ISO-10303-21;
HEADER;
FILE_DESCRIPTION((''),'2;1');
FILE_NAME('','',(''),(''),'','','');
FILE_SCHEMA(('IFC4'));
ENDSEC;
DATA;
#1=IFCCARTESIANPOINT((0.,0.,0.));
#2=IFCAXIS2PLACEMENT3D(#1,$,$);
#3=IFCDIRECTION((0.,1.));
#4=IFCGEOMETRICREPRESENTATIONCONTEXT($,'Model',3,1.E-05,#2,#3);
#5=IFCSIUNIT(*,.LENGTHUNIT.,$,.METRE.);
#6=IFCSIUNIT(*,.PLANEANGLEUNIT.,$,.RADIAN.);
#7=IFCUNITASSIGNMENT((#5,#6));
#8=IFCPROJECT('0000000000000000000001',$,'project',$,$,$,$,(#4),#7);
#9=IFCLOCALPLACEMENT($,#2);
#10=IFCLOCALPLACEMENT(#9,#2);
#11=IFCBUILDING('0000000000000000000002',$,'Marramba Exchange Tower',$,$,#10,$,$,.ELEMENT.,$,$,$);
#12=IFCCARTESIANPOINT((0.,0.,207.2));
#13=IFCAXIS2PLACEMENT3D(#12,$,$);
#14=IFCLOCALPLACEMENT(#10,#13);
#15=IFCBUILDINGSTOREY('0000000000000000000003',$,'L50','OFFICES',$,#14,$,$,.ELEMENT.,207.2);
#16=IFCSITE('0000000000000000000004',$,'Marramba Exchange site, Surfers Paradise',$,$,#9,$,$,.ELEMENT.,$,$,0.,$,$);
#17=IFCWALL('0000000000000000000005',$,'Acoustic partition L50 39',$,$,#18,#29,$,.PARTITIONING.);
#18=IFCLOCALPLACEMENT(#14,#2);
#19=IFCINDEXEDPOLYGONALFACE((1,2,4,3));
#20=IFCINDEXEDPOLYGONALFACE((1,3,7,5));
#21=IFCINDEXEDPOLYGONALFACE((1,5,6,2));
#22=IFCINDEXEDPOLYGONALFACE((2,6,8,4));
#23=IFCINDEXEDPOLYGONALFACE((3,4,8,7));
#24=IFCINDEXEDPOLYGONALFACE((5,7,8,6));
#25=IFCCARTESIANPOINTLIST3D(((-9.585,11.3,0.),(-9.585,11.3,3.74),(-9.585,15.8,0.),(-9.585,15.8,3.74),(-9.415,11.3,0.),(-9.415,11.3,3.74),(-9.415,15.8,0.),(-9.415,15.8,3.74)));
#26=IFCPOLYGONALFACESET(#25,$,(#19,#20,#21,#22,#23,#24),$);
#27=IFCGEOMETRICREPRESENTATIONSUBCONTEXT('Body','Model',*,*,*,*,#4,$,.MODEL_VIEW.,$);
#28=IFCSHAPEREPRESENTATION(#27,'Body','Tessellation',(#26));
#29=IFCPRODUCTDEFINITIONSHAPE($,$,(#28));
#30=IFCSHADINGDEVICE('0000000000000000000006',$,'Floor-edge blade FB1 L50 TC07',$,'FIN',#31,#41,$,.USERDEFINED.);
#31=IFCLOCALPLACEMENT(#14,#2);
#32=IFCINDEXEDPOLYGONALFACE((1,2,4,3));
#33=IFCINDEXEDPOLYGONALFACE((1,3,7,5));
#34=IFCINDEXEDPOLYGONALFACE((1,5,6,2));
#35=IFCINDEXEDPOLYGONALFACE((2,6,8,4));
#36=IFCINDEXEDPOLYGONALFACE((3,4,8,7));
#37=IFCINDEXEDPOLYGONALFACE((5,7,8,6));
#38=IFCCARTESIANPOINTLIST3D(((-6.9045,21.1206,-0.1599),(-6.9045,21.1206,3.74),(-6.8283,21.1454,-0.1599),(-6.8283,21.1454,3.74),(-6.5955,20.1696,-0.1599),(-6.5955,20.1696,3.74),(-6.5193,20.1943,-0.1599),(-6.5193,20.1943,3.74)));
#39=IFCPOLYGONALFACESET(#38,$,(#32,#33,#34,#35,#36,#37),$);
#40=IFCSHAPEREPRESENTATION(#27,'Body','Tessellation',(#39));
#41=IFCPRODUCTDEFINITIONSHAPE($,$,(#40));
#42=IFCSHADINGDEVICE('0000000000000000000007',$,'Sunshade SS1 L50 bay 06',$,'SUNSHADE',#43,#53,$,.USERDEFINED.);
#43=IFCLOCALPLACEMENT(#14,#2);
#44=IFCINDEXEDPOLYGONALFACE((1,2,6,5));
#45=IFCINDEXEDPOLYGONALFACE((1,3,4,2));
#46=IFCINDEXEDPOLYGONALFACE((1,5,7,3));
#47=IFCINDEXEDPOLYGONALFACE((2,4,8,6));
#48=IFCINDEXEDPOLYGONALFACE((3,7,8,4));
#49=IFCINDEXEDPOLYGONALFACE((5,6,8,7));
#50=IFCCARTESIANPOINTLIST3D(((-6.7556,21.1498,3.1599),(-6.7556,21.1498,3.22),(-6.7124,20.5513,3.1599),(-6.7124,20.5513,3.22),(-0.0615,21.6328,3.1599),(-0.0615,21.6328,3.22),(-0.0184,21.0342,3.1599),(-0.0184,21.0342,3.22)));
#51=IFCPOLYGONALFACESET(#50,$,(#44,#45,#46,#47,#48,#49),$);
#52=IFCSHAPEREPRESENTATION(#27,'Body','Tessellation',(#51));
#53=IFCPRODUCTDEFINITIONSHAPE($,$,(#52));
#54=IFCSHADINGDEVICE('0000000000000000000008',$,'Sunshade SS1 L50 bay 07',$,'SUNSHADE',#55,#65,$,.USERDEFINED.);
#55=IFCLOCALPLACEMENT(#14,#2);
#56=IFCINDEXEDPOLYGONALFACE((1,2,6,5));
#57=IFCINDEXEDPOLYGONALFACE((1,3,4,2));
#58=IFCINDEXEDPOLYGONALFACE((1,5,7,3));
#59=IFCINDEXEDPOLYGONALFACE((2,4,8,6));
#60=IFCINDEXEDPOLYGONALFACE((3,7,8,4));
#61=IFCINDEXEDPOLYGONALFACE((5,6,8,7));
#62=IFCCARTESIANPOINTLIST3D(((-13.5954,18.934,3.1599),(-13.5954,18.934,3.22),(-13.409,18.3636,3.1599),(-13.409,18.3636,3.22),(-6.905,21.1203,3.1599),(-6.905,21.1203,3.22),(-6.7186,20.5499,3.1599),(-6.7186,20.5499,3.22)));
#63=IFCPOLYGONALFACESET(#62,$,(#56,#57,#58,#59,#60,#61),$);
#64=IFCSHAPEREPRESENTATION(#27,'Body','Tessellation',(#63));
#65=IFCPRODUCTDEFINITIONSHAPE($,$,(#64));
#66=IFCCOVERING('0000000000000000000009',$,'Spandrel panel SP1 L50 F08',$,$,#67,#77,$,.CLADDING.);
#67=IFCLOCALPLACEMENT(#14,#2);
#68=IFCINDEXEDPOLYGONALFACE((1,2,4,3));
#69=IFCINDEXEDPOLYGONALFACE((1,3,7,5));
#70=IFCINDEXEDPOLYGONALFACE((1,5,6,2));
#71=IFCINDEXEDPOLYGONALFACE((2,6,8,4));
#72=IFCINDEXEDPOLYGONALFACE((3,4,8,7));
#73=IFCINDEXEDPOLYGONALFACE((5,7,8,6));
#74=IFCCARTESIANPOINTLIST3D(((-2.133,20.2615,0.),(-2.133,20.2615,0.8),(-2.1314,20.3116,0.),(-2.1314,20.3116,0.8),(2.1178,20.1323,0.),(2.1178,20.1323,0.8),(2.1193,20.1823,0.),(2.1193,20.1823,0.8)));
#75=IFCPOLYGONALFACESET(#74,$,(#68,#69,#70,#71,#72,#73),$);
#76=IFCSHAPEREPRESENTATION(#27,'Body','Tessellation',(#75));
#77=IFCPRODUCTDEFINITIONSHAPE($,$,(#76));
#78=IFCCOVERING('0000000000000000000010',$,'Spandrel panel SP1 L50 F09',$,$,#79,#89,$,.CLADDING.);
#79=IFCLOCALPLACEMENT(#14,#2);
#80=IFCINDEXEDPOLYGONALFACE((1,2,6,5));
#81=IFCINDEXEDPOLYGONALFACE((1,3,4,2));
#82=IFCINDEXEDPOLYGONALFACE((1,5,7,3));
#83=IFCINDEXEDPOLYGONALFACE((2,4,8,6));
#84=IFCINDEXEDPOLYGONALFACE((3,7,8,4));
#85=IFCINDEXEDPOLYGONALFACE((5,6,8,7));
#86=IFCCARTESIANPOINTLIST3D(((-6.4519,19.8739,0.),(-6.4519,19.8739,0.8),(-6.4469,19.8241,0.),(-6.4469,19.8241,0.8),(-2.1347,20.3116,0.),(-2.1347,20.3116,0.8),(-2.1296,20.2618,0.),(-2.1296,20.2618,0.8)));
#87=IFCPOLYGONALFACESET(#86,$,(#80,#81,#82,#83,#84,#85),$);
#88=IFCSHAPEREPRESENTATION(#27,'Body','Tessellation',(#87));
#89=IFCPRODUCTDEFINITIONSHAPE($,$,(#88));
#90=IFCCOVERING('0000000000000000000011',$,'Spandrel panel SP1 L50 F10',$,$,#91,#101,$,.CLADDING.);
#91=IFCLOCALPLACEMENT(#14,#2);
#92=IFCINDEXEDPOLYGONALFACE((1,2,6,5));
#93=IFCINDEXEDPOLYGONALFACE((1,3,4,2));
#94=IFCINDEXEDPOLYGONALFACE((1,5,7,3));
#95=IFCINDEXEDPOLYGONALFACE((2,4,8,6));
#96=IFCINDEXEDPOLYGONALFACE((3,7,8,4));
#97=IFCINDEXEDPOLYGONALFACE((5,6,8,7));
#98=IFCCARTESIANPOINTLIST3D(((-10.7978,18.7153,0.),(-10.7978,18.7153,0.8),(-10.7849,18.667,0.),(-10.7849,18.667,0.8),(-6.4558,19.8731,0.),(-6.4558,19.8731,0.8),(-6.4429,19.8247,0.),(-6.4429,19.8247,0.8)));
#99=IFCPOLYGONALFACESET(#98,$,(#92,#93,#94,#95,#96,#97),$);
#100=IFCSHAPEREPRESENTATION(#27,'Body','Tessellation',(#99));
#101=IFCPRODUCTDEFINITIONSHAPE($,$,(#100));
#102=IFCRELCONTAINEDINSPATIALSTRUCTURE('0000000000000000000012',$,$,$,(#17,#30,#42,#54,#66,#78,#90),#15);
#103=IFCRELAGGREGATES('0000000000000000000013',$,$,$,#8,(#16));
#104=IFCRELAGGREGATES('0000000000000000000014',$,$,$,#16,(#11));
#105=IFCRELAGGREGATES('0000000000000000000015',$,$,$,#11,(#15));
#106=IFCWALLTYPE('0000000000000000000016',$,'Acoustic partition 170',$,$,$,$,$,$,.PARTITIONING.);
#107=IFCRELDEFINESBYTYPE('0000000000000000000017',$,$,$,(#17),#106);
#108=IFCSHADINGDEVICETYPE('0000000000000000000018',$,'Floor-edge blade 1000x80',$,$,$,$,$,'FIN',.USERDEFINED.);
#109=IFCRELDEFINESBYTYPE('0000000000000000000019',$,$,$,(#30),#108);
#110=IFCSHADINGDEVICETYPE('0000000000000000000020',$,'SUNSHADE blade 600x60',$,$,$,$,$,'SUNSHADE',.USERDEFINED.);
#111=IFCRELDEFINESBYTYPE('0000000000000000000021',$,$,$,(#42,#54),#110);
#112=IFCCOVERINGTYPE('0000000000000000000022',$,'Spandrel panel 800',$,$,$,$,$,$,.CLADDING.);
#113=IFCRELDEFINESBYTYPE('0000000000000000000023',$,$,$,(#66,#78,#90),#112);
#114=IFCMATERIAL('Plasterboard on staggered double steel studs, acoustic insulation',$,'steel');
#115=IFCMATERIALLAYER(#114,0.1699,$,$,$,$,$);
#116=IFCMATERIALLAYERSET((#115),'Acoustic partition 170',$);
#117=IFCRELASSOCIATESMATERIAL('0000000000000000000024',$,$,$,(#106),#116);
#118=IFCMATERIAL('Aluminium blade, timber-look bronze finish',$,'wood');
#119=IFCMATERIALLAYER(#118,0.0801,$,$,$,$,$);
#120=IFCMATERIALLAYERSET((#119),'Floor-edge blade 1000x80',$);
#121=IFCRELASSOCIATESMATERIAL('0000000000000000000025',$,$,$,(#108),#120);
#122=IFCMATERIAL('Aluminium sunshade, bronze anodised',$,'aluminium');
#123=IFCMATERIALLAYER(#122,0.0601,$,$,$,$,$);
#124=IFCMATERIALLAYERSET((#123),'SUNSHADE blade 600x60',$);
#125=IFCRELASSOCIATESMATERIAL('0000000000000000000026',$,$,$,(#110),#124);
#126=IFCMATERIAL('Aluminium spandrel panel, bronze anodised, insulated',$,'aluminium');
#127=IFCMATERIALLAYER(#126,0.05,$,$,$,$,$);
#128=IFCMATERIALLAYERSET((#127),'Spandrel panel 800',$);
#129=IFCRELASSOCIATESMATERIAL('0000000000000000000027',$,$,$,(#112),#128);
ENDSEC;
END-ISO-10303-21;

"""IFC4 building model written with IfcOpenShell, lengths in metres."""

from ifc_helpers import new_model, si_unit, direction, frame, frame_2d, origin, origin_2d, place, context, subcontext, project, spatial, rectangle, extrude, material, layer, layer_set, type_object, element, save


model = new_model("IFC4")

# Units and contexts
model_context = context("Model", 3, precision=1e-05, world=origin(), true_north=direction((0.0, 1.0)))
body_context = subcontext(model_context, "Body", "Model", "MODEL_VIEW")
ifc_project = project(units=[si_unit("LENGTHUNIT", "METRE"), si_unit("PLANEANGLEUNIT", "RADIAN")], contexts=[model_context])

# Site, building, storey
site_placement = place(None, origin())
site = spatial("IfcSite", under=ifc_project, at=site_placement, Name="Marramba Exchange site, Surfers Paradise", CompositionType="ELEMENT", RefElevation=0.0)
building_placement = place(site_placement, origin())
building = spatial("IfcBuilding", under=site, at=building_placement, Name="Marramba Exchange Tower", CompositionType="ELEMENT")
storey_placement = place(building_placement, frame((0.0, 0.0, 207.2)))
storey = spatial("IfcBuildingStorey", under=building, at=storey_placement, Name="L50", Description="OFFICES", CompositionType="ELEMENT", Elevation=207.2)

# Shared definitions
ifc_material_1 = material(Name="Plasterboard on staggered double steel studs, acoustic insulation", Category="steel")
ifc_layer_1 = layer(ifc_material_1, 0.1699)
ifc_layer_set_1 = layer_set([ifc_layer_1], Name="Acoustic partition 170")
wall_type = type_object("IfcWallType", Name="Acoustic partition 170", PredefinedType="PARTITIONING", material=ifc_layer_set_1)

# Wall
wall_1_placement = place(storey_placement, frame((-9.5, 15.8, 0.0), z_axis=(0.0, 0.0, 1.0), x_axis=(0.0, -1.0, 0.0)))
element("IfcWall", 1, at=wall_1_placement, inside=storey, type_object=wall_type, Name="Acoustic partition L50 39", PredefinedType="PARTITIONING", context=body_context, shape_type="SweptSolid", body=[
    extrude(rectangle(XDim=4.5, YDim=0.1699, at=frame_2d((2.25, 0.0))), origin(), (0.0, 0.0, 1.0), 3.74),
])

# Shading devices
ifc_material_2 = material(Name="Aluminium blade, timber-look bronze finish", Category="wood")
ifc_layer_2 = layer(ifc_material_2, 0.0801)
ifc_layer_set_2 = layer_set([ifc_layer_2], Name="Floor-edge blade 1000x80")
shading_device_type_1 = type_object("IfcShadingDeviceType", Name="Floor-edge blade 1000x80", ElementType="FIN", PredefinedType="USERDEFINED", material=ifc_layer_set_2)
shading_device_1_placement = place(storey_placement, frame((-6.7119, 20.6575, -0.1599), z_axis=(0.0, 0.0, 1.0), x_axis=(-0.309017, 0.951057, 0.0)))
element("IfcShadingDevice", 2, at=shading_device_1_placement, inside=storey, type_object=shading_device_type_1, Name="Floor-edge blade FB1 L50 TC07", ObjectType="FIN", PredefinedType="USERDEFINED", context=body_context, shape_type="SweptSolid", body=[
    extrude(rectangle(XDim=1.0, YDim=0.0801, at=origin_2d()), origin(), (0.0, 0.0, 1.0), 3.8999),
])
ifc_material_3 = material(Name="Aluminium sunshade, bronze anodised", Category="aluminium")
ifc_layer_3 = layer(ifc_material_3, 0.0601)
ifc_layer_set_3 = layer_set([ifc_layer_3], Name="SUNSHADE blade 600x60")
shading_device_type_2 = type_object("IfcShadingDeviceType", Name="SUNSHADE blade 600x60", ElementType="SUNSHADE", PredefinedType="USERDEFINED", material=ifc_layer_set_3)
shading_device_2_placement = place(storey_placement, frame((-3.387, 21.092, 3.1599), z_axis=(0.0, 0.0, 1.0), x_axis=(-0.997408, -0.071958, 0.0)))
element("IfcShadingDevice", 3, at=shading_device_2_placement, inside=storey, type_object=shading_device_type_2, Name="Sunshade SS1 L50 bay 06", ObjectType="SUNSHADE", PredefinedType="USERDEFINED", context=body_context, shape_type="SweptSolid", body=[
    extrude(rectangle(XDim=6.7114, YDim=0.6001, at=origin_2d()), origin(), (0.0, 0.0, 1.0), 0.0601),
])
shading_device_3_placement = place(storey_placement, frame((-10.157, 19.7419, 3.1599), z_axis=(0.0, 0.0, 1.0), x_axis=(-0.950538, -0.31061, 0.0)))
element("IfcShadingDevice", 4, at=shading_device_3_placement, inside=storey, type_object=shading_device_type_2, Name="Sunshade SS1 L50 bay 07", ObjectType="SUNSHADE", PredefinedType="USERDEFINED", context=body_context, shape_type="SweptSolid", body=[
    extrude(rectangle(XDim=7.0386, YDim=0.6001, at=origin_2d()), origin(), (0.0, 0.0, 1.0), 0.0601),
])

# Coverings
ifc_material_4 = material(Name="Aluminium spandrel panel, bronze anodised, insulated", Category="aluminium")
ifc_layer_4 = layer(ifc_material_4, 0.05)
ifc_layer_set_4 = layer_set([ifc_layer_4], Name="Spandrel panel 800")
covering_type = type_object("IfcCoveringType", Name="Spandrel panel 800", PredefinedType="CLADDING", material=ifc_layer_set_4)
covering_1_placement = place(storey_placement, frame((-0.0068, 20.2219, 0.0), z_axis=(0.0, 0.0, 1.0), x_axis=(-0.999538, 0.030394, 0.0)))
element("IfcCovering", 5, at=covering_1_placement, inside=storey, type_object=covering_type, Name="Spandrel panel SP1 L50 F08", PredefinedType="CLADDING", context=body_context, shape_type="SweptSolid", body=[
    extrude(rectangle(XDim=4.2527, YDim=0.05, at=origin_2d()), origin(), (0.0, 0.0, 1.0), 0.8),
])
covering_2_placement = place(storey_placement, frame((-4.2908, 20.0679, 0.0), z_axis=(0.0, 0.0, 1.0), x_axis=(-0.9949, -0.100863, 0.0)))
element("IfcCovering", 6, at=covering_2_placement, inside=storey, type_object=covering_type, Name="Spandrel panel SP1 L50 F09", PredefinedType="CLADDING", context=body_context, shape_type="SweptSolid", body=[
    extrude(rectangle(XDim=4.3394, YDim=0.05, at=origin_2d()), origin(), (0.0, 0.0, 1.0), 0.8),
])
covering_3_placement = place(storey_placement, frame((-8.6204, 19.27, 0.0), z_axis=(0.0, 0.0, 1.0), x_axis=(-0.966241, -0.257641, 0.0)))
element("IfcCovering", 7, at=covering_3_placement, inside=storey, type_object=covering_type, Name="Spandrel panel SP1 L50 F10", PredefinedType="CLADDING", context=body_context, shape_type="SweptSolid", body=[
    extrude(rectangle(XDim=4.4937, YDim=0.05, at=origin_2d()), origin(), (0.0, 0.0, 1.0), 0.8),
])

save(model, "model.ifc")
